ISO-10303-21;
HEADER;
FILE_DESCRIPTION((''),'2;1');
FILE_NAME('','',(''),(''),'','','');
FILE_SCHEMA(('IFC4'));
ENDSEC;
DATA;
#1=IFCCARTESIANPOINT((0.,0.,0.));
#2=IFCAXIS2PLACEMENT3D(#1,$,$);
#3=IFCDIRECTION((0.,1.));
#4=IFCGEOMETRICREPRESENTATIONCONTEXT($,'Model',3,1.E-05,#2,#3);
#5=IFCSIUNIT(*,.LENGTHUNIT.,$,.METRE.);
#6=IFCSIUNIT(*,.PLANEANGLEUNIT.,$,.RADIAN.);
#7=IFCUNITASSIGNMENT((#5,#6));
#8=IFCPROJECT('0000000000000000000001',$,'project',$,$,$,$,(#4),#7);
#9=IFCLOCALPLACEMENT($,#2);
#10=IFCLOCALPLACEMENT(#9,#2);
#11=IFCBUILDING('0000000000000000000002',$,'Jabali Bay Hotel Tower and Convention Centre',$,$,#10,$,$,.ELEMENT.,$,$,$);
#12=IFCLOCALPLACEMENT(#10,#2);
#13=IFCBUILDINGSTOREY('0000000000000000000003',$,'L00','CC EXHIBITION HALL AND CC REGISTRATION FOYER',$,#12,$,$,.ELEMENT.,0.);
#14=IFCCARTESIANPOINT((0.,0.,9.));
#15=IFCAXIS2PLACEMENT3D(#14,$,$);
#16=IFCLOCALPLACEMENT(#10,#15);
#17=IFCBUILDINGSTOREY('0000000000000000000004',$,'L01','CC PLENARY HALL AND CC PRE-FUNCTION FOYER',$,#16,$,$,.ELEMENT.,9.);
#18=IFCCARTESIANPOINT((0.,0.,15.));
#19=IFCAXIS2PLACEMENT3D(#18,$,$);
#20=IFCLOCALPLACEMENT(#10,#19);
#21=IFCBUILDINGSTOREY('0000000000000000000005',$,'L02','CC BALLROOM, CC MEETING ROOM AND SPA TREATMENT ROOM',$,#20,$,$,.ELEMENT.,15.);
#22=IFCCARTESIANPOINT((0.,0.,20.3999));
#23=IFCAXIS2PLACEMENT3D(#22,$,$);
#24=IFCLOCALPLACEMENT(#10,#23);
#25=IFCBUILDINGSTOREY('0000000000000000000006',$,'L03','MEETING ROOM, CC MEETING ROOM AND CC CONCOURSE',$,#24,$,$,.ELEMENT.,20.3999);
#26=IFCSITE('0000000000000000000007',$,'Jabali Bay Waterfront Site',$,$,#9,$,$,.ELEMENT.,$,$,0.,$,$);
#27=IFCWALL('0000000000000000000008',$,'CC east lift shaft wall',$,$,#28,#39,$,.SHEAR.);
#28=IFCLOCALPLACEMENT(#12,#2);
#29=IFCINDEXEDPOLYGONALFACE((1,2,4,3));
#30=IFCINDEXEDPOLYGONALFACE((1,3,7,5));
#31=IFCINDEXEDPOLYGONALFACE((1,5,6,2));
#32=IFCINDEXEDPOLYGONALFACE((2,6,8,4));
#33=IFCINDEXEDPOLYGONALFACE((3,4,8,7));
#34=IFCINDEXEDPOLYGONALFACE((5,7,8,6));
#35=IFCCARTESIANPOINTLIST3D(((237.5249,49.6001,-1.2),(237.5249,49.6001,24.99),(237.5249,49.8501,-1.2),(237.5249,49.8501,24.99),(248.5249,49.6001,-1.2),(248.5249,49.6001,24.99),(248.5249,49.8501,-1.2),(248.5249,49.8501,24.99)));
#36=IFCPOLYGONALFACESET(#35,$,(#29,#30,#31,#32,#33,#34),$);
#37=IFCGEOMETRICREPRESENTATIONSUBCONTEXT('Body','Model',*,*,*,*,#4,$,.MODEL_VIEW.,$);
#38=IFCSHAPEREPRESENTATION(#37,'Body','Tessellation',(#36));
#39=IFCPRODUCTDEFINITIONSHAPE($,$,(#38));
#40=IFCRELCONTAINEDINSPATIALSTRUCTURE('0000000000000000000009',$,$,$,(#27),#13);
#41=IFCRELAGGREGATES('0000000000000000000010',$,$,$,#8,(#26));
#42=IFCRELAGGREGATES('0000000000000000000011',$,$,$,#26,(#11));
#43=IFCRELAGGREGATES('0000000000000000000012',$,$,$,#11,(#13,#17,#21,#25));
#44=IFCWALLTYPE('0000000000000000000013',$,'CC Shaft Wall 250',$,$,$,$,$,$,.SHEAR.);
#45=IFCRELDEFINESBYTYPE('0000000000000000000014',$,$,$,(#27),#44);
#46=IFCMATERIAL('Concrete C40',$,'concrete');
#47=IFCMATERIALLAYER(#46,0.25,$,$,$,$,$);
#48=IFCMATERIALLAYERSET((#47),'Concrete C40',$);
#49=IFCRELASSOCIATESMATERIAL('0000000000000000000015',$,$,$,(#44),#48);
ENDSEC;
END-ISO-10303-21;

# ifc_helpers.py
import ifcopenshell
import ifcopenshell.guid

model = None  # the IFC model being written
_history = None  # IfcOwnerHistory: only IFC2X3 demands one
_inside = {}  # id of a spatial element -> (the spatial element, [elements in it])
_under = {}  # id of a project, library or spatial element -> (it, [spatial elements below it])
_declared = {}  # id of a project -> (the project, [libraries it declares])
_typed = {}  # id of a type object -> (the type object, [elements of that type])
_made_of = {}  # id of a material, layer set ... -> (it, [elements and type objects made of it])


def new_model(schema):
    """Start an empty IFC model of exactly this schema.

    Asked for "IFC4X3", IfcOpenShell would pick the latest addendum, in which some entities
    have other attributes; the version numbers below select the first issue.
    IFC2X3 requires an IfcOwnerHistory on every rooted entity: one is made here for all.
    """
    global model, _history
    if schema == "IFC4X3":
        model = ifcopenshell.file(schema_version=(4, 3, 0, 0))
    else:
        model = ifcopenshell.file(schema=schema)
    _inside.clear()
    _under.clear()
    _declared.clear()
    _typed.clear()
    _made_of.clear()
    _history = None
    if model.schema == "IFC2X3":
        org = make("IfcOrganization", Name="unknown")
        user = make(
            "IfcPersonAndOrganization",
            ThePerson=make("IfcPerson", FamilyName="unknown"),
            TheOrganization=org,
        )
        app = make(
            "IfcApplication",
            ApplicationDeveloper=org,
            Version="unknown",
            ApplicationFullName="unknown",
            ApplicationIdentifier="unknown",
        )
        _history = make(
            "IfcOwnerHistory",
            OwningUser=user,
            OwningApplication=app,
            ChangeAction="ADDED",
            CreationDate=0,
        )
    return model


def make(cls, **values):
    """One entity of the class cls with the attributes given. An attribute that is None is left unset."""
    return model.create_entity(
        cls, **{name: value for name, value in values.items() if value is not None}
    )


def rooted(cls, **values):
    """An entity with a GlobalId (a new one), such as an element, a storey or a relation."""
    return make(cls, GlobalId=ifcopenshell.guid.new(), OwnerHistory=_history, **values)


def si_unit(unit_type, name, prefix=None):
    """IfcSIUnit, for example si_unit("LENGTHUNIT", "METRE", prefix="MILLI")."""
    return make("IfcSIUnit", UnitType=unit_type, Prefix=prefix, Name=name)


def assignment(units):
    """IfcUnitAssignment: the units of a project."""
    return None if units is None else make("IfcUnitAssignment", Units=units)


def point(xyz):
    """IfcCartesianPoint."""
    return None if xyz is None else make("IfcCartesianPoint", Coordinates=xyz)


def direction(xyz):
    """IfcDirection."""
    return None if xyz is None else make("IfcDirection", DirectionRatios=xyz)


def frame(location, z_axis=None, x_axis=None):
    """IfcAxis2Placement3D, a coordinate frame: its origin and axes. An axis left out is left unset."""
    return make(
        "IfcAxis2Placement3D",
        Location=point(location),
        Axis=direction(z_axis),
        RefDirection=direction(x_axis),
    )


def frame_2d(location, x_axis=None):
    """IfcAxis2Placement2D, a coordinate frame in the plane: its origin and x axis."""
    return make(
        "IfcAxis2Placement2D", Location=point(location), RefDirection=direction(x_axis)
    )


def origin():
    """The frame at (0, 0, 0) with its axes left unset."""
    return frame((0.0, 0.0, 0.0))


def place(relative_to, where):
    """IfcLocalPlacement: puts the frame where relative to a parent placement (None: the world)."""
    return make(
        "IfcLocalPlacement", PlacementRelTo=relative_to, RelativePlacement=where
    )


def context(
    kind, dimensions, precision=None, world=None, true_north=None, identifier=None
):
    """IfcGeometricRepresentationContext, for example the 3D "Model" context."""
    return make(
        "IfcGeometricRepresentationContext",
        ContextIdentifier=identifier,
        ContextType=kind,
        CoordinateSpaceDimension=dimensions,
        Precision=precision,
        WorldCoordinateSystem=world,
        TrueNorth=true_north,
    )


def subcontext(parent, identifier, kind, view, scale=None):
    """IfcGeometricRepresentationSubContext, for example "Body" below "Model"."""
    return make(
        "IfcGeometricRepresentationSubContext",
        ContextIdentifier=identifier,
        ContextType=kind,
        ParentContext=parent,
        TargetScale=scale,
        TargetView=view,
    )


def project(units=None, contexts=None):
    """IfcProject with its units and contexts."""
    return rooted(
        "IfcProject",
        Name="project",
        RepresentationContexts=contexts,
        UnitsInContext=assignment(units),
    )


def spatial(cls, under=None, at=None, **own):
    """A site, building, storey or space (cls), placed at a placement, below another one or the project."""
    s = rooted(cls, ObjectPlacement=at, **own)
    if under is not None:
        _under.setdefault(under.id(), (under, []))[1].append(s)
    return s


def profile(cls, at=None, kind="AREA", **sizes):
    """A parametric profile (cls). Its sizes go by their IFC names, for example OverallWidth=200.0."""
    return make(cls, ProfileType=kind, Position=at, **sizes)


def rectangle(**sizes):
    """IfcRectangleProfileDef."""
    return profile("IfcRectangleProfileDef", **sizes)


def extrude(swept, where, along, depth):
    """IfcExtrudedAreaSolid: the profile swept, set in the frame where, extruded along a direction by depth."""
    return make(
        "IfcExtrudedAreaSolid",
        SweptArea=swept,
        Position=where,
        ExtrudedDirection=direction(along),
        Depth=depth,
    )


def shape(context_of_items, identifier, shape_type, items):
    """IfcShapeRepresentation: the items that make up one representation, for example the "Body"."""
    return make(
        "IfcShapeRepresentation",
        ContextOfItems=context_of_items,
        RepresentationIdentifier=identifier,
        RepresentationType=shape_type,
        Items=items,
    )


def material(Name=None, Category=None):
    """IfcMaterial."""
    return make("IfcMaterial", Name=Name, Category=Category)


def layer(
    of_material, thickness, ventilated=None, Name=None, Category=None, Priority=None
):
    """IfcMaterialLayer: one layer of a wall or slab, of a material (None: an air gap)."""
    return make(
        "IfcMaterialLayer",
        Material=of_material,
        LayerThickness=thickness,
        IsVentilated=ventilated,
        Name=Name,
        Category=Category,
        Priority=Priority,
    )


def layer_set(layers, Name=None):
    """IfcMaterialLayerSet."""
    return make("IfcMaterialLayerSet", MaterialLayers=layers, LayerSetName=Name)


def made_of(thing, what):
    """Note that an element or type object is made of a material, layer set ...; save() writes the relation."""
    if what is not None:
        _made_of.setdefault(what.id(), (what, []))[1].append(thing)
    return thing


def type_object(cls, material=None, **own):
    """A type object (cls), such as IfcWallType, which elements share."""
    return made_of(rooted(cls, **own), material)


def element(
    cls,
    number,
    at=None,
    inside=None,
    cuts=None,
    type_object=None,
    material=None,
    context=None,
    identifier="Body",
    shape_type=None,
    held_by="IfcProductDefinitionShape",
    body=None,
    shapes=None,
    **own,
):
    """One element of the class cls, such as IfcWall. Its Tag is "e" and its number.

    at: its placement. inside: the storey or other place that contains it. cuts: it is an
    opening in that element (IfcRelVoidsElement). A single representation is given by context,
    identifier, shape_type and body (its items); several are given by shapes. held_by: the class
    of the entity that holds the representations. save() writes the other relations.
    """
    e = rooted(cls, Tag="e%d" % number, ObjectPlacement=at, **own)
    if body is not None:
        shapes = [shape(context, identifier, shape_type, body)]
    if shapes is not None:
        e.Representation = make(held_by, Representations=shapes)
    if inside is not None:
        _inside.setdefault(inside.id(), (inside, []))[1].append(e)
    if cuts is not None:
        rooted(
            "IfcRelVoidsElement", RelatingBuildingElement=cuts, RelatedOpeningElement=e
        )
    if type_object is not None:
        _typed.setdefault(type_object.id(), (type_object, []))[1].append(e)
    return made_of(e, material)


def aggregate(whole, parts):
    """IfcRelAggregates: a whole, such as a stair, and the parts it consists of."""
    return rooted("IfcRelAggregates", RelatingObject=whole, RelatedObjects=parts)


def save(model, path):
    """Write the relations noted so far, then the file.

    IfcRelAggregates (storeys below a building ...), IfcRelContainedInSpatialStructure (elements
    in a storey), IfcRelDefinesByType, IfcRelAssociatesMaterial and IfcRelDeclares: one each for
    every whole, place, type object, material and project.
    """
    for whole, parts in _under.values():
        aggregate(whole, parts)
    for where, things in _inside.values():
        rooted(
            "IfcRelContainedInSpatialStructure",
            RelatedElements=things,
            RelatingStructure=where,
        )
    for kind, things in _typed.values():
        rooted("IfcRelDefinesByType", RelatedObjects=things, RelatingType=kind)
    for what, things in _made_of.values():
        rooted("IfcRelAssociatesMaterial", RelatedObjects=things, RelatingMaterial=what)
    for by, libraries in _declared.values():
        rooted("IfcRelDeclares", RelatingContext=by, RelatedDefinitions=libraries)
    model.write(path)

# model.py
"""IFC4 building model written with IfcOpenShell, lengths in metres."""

from ifc_helpers import new_model, si_unit, direction, frame, frame_2d, origin, place, context, subcontext, project, spatial, rectangle, extrude, material, layer, layer_set, type_object, element, save


model = new_model("IFC4")

# Units and contexts
model_context = context("Model", 3, precision=1e-05, world=origin(), true_north=direction((0.0, 1.0)))
body_context = subcontext(model_context, "Body", "Model", "MODEL_VIEW")
ifc_project = project(units=[si_unit("LENGTHUNIT", "METRE"), si_unit("PLANEANGLEUNIT", "RADIAN")], contexts=[model_context])

# Site, building, storey
site_placement = place(None, origin())
site = spatial("IfcSite", under=ifc_project, at=site_placement, Name="Jabali Bay Waterfront Site", CompositionType="ELEMENT", RefElevation=0.0)
building_placement = place(site_placement, origin())
building = spatial("IfcBuilding", under=site, at=building_placement, Name="Jabali Bay Hotel Tower and Convention Centre", CompositionType="ELEMENT")
storey_1_placement = place(building_placement, origin())
storey_1 = spatial("IfcBuildingStorey", under=building, at=storey_1_placement, Name="L00", Description="CC EXHIBITION HALL AND CC REGISTRATION FOYER", CompositionType="ELEMENT", Elevation=0.0)

# Shared definitions
ifc_material_1 = material(Name="Concrete C40", Category="concrete")
ifc_layer_1 = layer(ifc_material_1, 0.25)
ifc_layer_set_1 = layer_set([ifc_layer_1], Name="Concrete C40")
wall_type_1 = type_object("IfcWallType", Name="CC Shaft Wall 250", PredefinedType="SHEAR", material=ifc_layer_set_1)

# Shared definitions
storey_2_placement = place(building_placement, frame((0.0, 0.0, 9.0)))
storey_2 = spatial("IfcBuildingStorey", under=building, at=storey_2_placement, Name="L01", Description="CC PLENARY HALL AND CC PRE-FUNCTION FOYER", CompositionType="ELEMENT", Elevation=9.0)

# Shared definitions
storey_3_placement = place(building_placement, frame((0.0, 0.0, 15.0)))
storey_3 = spatial("IfcBuildingStorey", under=building, at=storey_3_placement, Name="L02", Description="CC BALLROOM, CC MEETING ROOM AND SPA TREATMENT ROOM", CompositionType="ELEMENT", Elevation=15.0)

# Shared definitions
storey_4_placement = place(building_placement, frame((0.0, 0.0, 20.3999)))
storey_4 = spatial("IfcBuildingStorey", under=building, at=storey_4_placement, Name="L03", Description="MEETING ROOM, CC MEETING ROOM AND CC CONCOURSE", CompositionType="ELEMENT", Elevation=20.3999)

# Wall
wall_1_placement = place(storey_1_placement, frame((237.5249, 49.7251, -1.2), z_axis=(0.0, 0.0, 1.0), x_axis=(1.0, 0.0, 0.0)))
element("IfcWall", 1, at=wall_1_placement, inside=storey_1, type_object=wall_type_1, Name="CC east lift shaft wall", PredefinedType="SHEAR", context=body_context, shape_type="SweptSolid", body=[
    extrude(rectangle(XDim=11.0, YDim=0.25, at=frame_2d((5.5, 0.0))), origin(), (0.0, 0.0, 1.0), 26.1899),
])

save(model, "model.ifc")
